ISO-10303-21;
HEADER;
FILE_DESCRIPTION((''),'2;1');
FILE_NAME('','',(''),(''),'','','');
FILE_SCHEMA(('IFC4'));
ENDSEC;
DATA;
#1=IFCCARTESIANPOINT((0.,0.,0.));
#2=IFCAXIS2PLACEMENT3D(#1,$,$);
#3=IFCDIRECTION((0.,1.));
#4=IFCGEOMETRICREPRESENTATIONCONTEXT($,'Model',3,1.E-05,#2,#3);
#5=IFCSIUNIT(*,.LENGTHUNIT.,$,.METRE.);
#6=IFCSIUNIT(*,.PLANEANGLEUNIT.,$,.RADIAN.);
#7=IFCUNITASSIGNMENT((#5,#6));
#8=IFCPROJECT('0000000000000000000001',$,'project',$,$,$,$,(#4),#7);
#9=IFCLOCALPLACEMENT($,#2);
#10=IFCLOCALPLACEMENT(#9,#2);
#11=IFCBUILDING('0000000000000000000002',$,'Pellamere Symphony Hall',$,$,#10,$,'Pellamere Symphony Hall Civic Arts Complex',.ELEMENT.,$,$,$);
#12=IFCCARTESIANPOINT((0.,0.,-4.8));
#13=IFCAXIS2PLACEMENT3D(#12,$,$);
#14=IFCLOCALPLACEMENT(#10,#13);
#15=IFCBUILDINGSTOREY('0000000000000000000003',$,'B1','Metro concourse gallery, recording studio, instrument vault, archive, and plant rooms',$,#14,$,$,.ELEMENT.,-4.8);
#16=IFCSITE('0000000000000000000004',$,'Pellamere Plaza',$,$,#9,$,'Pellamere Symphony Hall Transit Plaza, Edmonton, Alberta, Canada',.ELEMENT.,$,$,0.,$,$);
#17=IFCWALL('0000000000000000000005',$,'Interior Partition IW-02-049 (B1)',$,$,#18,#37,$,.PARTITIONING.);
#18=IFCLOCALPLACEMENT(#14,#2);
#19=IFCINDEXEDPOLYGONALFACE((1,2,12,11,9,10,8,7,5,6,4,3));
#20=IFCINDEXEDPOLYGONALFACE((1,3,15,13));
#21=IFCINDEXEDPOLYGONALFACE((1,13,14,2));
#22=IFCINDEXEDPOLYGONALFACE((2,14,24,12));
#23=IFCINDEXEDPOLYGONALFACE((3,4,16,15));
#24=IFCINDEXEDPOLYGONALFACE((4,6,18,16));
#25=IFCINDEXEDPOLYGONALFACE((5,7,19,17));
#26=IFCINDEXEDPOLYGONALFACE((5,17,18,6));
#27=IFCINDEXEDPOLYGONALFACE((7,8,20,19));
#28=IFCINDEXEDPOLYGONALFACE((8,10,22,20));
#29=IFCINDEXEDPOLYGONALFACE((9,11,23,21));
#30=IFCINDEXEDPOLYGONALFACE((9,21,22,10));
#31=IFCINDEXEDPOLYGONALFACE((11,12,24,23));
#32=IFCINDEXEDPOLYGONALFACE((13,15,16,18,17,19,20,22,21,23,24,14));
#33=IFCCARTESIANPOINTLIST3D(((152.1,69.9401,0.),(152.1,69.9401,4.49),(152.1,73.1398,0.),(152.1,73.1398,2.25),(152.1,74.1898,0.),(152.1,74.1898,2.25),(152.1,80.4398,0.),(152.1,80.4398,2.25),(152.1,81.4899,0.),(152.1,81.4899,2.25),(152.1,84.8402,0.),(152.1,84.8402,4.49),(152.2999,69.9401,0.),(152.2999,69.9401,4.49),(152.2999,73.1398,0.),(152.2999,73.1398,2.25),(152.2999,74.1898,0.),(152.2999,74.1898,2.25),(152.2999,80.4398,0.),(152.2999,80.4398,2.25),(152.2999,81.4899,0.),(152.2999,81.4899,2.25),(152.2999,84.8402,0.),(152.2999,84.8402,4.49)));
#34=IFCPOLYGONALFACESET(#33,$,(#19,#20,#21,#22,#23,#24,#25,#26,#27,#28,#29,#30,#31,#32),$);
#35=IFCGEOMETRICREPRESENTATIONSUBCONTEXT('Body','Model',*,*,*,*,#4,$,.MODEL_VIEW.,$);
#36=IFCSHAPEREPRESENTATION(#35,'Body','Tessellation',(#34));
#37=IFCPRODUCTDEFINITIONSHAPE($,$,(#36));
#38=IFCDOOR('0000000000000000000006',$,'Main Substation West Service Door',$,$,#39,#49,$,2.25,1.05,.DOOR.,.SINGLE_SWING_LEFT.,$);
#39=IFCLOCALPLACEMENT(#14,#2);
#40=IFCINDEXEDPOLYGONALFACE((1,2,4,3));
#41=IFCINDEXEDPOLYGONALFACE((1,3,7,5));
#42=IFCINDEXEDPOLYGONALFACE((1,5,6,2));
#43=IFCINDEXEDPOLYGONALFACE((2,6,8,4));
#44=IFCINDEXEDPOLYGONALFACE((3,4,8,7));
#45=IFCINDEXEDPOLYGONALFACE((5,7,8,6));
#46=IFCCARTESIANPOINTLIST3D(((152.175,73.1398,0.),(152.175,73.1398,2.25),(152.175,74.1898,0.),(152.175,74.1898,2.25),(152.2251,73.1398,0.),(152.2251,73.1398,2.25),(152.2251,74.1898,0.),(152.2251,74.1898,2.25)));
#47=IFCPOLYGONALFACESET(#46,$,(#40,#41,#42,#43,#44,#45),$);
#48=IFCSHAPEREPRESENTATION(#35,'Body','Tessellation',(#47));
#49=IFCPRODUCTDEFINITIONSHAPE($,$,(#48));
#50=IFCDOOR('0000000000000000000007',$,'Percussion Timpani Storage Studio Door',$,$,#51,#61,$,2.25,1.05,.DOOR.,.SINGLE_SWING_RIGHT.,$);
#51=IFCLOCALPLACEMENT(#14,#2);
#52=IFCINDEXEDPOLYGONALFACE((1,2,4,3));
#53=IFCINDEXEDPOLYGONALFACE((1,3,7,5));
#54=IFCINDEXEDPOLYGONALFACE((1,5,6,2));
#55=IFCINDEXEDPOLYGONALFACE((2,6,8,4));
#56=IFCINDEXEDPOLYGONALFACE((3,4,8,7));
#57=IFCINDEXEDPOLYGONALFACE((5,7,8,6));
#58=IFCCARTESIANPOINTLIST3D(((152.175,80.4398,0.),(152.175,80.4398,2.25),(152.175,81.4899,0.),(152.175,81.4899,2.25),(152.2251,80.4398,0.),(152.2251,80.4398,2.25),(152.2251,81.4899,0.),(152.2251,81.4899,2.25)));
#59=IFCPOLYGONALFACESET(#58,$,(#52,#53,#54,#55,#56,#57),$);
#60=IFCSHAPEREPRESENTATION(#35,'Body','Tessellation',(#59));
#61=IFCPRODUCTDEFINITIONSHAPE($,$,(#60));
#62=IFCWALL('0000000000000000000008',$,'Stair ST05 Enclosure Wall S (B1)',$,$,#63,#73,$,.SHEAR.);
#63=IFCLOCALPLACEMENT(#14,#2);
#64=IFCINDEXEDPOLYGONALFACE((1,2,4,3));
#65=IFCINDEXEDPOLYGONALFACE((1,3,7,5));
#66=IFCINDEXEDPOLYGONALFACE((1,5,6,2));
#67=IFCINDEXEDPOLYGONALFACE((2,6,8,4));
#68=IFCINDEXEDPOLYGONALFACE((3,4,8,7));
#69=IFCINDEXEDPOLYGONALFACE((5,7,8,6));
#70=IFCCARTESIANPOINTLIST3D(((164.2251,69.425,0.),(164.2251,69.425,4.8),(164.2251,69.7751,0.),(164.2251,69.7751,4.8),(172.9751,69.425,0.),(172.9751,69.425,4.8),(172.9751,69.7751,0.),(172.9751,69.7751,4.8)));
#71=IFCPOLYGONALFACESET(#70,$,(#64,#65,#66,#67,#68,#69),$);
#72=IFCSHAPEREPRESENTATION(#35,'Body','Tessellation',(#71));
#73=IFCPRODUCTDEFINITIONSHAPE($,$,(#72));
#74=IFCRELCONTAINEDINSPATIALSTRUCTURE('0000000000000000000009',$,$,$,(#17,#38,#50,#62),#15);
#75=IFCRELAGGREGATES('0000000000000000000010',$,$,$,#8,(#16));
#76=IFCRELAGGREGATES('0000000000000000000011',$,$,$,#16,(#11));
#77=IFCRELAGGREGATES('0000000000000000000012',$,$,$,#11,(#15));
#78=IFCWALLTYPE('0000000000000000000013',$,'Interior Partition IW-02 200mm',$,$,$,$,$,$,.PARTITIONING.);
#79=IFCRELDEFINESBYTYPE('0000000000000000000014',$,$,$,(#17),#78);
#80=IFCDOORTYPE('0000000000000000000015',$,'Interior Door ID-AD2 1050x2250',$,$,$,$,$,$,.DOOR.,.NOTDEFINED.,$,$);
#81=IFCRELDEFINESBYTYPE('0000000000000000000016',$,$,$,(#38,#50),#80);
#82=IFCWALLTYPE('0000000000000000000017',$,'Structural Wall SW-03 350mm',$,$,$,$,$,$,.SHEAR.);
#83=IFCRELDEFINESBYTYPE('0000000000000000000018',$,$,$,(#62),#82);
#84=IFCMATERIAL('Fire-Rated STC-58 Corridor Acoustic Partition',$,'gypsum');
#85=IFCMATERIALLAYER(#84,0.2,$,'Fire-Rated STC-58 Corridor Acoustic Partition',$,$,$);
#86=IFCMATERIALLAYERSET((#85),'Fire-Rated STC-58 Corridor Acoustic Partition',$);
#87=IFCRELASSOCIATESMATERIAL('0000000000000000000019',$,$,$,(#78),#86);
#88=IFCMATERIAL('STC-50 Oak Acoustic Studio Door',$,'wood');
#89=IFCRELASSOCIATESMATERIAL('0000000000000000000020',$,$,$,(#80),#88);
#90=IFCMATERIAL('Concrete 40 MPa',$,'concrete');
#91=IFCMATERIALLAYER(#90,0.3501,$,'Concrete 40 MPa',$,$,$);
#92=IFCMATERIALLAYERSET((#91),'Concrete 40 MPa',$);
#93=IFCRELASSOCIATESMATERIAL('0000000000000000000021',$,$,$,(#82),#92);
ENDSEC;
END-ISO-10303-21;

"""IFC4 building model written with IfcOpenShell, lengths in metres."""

from ifc_helpers import new_model, si_unit, direction, frame, frame_2d, origin, place, context, subcontext, project, spatial, rectangle, extrude, material, layer, layer_set, type_object, element, fill, save


model = new_model("IFC4")

# Units and contexts
model_context = context("Model", 3, precision=1e-05, world=origin(), true_north=direction((0.0, 1.0)))
body_context = subcontext(model_context, "Body", "Model", "MODEL_VIEW")
ifc_project = project(units=[si_unit("LENGTHUNIT", "METRE"), si_unit("PLANEANGLEUNIT", "RADIAN")], contexts=[model_context])

# Site, building, storey
site_placement = place(None, origin())
site = spatial("IfcSite", under=ifc_project, at=site_placement, Name="Pellamere Plaza", LongName="Pellamere Symphony Hall Transit Plaza, Edmonton, Alberta, Canada", CompositionType="ELEMENT", RefElevation=0.0)
building_placement = place(site_placement, origin())
building = spatial("IfcBuilding", under=site, at=building_placement, Name="Pellamere Symphony Hall", LongName="Pellamere Symphony Hall Civic Arts Complex", CompositionType="ELEMENT")
storey_placement = place(building_placement, frame((0.0, 0.0, -4.8)))
storey = spatial("IfcBuildingStorey", under=building, at=storey_placement, Name="B1", Description="Metro concourse gallery, recording studio, instrument vault, archive, and plant rooms", CompositionType="ELEMENT", Elevation=-4.8)

# Shared definitions
ifc_material_1 = material(Name="Concrete 40 MPa", Category="concrete")

# Wall, openings, doors
ifc_material_2 = material(Name="Fire-Rated STC-58 Corridor Acoustic Partition", Category="gypsum")
ifc_layer_1 = layer(ifc_material_2, 0.2, Name="Fire-Rated STC-58 Corridor Acoustic Partition")
ifc_layer_set_1 = layer_set([ifc_layer_1], Name="Fire-Rated STC-58 Corridor Acoustic Partition")
wall_type_1 = type_object("IfcWallType", Name="Interior Partition IW-02 200mm", PredefinedType="PARTITIONING", material=ifc_layer_set_1)
wall_1_placement = place(storey_placement, frame((152.2, 69.9399, 0.0), z_axis=(0.0, 0.0, 1.0), x_axis=(0.0, 1.0, 0.0)))
wall_1 = element("IfcWall", 1, at=wall_1_placement, inside=storey, type_object=wall_type_1, Name="Interior Partition IW-02-049 (B1)", PredefinedType="PARTITIONING", context=body_context, shape_type="SweptSolid", body=[
    extrude(rectangle(XDim=14.9001, YDim=0.2, at=frame_2d((7.4502, 0.0))), origin(), (0.0, 0.0, 1.0), 4.49),
])
opening_1_placement = place(wall_1_placement, frame((3.2, 0.0, 0.0)))
opening_1 = element("IfcOpeningElement", 2, at=opening_1_placement, cuts=wall_1, PredefinedType="OPENING", context=body_context, shape_type="SweptSolid", body=[
    extrude(rectangle(XDim=1.05, YDim=2.25, at=frame_2d((0.5249, 1.125))), frame((0.0, 0.1099, 0.0), z_axis=(0.0, -1.0, 0.0), x_axis=(1.0, 0.0, 0.0)), (0.0, 0.0, 1.0), 0.22),
])
opening_2_placement = place(wall_1_placement, frame((10.5, 0.0, 0.0)))
opening_2 = element("IfcOpeningElement", 3, at=opening_2_placement, cuts=wall_1, PredefinedType="OPENING", context=body_context, shape_type="SweptSolid", body=[
    extrude(rectangle(XDim=1.05, YDim=2.25, at=frame_2d((0.5249, 1.125))), frame((0.0, 0.1099, 0.0), z_axis=(0.0, -1.0, 0.0), x_axis=(1.0, 0.0, 0.0)), (0.0, 0.0, 1.0), 0.22),
])
ifc_material_3 = material(Name="STC-50 Oak Acoustic Studio Door", Category="wood")
door_type = type_object("IfcDoorType", Name="Interior Door ID-AD2 1050x2250", OperationType="NOTDEFINED", PredefinedType="DOOR", material=ifc_material_3)
door_1_placement = place(opening_1_placement, origin())
door_1 = element("IfcDoor", 4, at=door_1_placement, inside=storey, type_object=door_type, Name="Main Substation West Service Door", OperationType="SINGLE_SWING_LEFT", OverallHeight=2.25, OverallWidth=1.05, PredefinedType="DOOR", context=body_context, shape_type="SweptSolid", body=[
    extrude(rectangle(XDim=1.05, YDim=2.25, at=frame_2d((0.5249, 1.125))), frame((0.0, 0.0249, 0.0), z_axis=(0.0, -1.0, 0.0), x_axis=(1.0, 0.0, 0.0)), (0.0, 0.0, 1.0), 0.05),
])
fill(opening_1, door_1)
door_2_placement = place(opening_2_placement, origin())
door_2 = element("IfcDoor", 5, at=door_2_placement, inside=storey, type_object=door_type, Name="Percussion Timpani Storage Studio Door", OperationType="SINGLE_SWING_RIGHT", OverallHeight=2.25, OverallWidth=1.05, PredefinedType="DOOR", context=body_context, shape_type="SweptSolid", body=[
    extrude(rectangle(XDim=1.05, YDim=2.25, at=frame_2d((0.5249, 1.125))), frame((0.0, 0.0249, 0.0), z_axis=(0.0, -1.0, 0.0), x_axis=(1.0, 0.0, 0.0)), (0.0, 0.0, 1.0), 0.05),
])
fill(opening_2, door_2)

# Wall
ifc_layer_2 = layer(ifc_material_1, 0.3501, Name="Concrete 40 MPa")
ifc_layer_set_2 = layer_set([ifc_layer_2], Name="Concrete 40 MPa")
wall_type_2 = type_object("IfcWallType", Name="Structural Wall SW-03 350mm", PredefinedType="SHEAR", material=ifc_layer_set_2)
wall_2_placement = place(storey_placement, frame((164.2251, 69.6001, 0.0), z_axis=(0.0, 0.0, 1.0), x_axis=(1.0, 0.0, 0.0)))
element("IfcWall", 6, at=wall_2_placement, inside=storey, type_object=wall_type_2, Name="Stair ST05 Enclosure Wall S (B1)", PredefinedType="SHEAR", context=body_context, shape_type="SweptSolid", body=[
    extrude(rectangle(XDim=8.75, YDim=0.3501, at=frame_2d((4.375, 0.0))), origin(), (0.0, 0.0, 1.0), 4.8),
])

save(model, "model.ifc")
